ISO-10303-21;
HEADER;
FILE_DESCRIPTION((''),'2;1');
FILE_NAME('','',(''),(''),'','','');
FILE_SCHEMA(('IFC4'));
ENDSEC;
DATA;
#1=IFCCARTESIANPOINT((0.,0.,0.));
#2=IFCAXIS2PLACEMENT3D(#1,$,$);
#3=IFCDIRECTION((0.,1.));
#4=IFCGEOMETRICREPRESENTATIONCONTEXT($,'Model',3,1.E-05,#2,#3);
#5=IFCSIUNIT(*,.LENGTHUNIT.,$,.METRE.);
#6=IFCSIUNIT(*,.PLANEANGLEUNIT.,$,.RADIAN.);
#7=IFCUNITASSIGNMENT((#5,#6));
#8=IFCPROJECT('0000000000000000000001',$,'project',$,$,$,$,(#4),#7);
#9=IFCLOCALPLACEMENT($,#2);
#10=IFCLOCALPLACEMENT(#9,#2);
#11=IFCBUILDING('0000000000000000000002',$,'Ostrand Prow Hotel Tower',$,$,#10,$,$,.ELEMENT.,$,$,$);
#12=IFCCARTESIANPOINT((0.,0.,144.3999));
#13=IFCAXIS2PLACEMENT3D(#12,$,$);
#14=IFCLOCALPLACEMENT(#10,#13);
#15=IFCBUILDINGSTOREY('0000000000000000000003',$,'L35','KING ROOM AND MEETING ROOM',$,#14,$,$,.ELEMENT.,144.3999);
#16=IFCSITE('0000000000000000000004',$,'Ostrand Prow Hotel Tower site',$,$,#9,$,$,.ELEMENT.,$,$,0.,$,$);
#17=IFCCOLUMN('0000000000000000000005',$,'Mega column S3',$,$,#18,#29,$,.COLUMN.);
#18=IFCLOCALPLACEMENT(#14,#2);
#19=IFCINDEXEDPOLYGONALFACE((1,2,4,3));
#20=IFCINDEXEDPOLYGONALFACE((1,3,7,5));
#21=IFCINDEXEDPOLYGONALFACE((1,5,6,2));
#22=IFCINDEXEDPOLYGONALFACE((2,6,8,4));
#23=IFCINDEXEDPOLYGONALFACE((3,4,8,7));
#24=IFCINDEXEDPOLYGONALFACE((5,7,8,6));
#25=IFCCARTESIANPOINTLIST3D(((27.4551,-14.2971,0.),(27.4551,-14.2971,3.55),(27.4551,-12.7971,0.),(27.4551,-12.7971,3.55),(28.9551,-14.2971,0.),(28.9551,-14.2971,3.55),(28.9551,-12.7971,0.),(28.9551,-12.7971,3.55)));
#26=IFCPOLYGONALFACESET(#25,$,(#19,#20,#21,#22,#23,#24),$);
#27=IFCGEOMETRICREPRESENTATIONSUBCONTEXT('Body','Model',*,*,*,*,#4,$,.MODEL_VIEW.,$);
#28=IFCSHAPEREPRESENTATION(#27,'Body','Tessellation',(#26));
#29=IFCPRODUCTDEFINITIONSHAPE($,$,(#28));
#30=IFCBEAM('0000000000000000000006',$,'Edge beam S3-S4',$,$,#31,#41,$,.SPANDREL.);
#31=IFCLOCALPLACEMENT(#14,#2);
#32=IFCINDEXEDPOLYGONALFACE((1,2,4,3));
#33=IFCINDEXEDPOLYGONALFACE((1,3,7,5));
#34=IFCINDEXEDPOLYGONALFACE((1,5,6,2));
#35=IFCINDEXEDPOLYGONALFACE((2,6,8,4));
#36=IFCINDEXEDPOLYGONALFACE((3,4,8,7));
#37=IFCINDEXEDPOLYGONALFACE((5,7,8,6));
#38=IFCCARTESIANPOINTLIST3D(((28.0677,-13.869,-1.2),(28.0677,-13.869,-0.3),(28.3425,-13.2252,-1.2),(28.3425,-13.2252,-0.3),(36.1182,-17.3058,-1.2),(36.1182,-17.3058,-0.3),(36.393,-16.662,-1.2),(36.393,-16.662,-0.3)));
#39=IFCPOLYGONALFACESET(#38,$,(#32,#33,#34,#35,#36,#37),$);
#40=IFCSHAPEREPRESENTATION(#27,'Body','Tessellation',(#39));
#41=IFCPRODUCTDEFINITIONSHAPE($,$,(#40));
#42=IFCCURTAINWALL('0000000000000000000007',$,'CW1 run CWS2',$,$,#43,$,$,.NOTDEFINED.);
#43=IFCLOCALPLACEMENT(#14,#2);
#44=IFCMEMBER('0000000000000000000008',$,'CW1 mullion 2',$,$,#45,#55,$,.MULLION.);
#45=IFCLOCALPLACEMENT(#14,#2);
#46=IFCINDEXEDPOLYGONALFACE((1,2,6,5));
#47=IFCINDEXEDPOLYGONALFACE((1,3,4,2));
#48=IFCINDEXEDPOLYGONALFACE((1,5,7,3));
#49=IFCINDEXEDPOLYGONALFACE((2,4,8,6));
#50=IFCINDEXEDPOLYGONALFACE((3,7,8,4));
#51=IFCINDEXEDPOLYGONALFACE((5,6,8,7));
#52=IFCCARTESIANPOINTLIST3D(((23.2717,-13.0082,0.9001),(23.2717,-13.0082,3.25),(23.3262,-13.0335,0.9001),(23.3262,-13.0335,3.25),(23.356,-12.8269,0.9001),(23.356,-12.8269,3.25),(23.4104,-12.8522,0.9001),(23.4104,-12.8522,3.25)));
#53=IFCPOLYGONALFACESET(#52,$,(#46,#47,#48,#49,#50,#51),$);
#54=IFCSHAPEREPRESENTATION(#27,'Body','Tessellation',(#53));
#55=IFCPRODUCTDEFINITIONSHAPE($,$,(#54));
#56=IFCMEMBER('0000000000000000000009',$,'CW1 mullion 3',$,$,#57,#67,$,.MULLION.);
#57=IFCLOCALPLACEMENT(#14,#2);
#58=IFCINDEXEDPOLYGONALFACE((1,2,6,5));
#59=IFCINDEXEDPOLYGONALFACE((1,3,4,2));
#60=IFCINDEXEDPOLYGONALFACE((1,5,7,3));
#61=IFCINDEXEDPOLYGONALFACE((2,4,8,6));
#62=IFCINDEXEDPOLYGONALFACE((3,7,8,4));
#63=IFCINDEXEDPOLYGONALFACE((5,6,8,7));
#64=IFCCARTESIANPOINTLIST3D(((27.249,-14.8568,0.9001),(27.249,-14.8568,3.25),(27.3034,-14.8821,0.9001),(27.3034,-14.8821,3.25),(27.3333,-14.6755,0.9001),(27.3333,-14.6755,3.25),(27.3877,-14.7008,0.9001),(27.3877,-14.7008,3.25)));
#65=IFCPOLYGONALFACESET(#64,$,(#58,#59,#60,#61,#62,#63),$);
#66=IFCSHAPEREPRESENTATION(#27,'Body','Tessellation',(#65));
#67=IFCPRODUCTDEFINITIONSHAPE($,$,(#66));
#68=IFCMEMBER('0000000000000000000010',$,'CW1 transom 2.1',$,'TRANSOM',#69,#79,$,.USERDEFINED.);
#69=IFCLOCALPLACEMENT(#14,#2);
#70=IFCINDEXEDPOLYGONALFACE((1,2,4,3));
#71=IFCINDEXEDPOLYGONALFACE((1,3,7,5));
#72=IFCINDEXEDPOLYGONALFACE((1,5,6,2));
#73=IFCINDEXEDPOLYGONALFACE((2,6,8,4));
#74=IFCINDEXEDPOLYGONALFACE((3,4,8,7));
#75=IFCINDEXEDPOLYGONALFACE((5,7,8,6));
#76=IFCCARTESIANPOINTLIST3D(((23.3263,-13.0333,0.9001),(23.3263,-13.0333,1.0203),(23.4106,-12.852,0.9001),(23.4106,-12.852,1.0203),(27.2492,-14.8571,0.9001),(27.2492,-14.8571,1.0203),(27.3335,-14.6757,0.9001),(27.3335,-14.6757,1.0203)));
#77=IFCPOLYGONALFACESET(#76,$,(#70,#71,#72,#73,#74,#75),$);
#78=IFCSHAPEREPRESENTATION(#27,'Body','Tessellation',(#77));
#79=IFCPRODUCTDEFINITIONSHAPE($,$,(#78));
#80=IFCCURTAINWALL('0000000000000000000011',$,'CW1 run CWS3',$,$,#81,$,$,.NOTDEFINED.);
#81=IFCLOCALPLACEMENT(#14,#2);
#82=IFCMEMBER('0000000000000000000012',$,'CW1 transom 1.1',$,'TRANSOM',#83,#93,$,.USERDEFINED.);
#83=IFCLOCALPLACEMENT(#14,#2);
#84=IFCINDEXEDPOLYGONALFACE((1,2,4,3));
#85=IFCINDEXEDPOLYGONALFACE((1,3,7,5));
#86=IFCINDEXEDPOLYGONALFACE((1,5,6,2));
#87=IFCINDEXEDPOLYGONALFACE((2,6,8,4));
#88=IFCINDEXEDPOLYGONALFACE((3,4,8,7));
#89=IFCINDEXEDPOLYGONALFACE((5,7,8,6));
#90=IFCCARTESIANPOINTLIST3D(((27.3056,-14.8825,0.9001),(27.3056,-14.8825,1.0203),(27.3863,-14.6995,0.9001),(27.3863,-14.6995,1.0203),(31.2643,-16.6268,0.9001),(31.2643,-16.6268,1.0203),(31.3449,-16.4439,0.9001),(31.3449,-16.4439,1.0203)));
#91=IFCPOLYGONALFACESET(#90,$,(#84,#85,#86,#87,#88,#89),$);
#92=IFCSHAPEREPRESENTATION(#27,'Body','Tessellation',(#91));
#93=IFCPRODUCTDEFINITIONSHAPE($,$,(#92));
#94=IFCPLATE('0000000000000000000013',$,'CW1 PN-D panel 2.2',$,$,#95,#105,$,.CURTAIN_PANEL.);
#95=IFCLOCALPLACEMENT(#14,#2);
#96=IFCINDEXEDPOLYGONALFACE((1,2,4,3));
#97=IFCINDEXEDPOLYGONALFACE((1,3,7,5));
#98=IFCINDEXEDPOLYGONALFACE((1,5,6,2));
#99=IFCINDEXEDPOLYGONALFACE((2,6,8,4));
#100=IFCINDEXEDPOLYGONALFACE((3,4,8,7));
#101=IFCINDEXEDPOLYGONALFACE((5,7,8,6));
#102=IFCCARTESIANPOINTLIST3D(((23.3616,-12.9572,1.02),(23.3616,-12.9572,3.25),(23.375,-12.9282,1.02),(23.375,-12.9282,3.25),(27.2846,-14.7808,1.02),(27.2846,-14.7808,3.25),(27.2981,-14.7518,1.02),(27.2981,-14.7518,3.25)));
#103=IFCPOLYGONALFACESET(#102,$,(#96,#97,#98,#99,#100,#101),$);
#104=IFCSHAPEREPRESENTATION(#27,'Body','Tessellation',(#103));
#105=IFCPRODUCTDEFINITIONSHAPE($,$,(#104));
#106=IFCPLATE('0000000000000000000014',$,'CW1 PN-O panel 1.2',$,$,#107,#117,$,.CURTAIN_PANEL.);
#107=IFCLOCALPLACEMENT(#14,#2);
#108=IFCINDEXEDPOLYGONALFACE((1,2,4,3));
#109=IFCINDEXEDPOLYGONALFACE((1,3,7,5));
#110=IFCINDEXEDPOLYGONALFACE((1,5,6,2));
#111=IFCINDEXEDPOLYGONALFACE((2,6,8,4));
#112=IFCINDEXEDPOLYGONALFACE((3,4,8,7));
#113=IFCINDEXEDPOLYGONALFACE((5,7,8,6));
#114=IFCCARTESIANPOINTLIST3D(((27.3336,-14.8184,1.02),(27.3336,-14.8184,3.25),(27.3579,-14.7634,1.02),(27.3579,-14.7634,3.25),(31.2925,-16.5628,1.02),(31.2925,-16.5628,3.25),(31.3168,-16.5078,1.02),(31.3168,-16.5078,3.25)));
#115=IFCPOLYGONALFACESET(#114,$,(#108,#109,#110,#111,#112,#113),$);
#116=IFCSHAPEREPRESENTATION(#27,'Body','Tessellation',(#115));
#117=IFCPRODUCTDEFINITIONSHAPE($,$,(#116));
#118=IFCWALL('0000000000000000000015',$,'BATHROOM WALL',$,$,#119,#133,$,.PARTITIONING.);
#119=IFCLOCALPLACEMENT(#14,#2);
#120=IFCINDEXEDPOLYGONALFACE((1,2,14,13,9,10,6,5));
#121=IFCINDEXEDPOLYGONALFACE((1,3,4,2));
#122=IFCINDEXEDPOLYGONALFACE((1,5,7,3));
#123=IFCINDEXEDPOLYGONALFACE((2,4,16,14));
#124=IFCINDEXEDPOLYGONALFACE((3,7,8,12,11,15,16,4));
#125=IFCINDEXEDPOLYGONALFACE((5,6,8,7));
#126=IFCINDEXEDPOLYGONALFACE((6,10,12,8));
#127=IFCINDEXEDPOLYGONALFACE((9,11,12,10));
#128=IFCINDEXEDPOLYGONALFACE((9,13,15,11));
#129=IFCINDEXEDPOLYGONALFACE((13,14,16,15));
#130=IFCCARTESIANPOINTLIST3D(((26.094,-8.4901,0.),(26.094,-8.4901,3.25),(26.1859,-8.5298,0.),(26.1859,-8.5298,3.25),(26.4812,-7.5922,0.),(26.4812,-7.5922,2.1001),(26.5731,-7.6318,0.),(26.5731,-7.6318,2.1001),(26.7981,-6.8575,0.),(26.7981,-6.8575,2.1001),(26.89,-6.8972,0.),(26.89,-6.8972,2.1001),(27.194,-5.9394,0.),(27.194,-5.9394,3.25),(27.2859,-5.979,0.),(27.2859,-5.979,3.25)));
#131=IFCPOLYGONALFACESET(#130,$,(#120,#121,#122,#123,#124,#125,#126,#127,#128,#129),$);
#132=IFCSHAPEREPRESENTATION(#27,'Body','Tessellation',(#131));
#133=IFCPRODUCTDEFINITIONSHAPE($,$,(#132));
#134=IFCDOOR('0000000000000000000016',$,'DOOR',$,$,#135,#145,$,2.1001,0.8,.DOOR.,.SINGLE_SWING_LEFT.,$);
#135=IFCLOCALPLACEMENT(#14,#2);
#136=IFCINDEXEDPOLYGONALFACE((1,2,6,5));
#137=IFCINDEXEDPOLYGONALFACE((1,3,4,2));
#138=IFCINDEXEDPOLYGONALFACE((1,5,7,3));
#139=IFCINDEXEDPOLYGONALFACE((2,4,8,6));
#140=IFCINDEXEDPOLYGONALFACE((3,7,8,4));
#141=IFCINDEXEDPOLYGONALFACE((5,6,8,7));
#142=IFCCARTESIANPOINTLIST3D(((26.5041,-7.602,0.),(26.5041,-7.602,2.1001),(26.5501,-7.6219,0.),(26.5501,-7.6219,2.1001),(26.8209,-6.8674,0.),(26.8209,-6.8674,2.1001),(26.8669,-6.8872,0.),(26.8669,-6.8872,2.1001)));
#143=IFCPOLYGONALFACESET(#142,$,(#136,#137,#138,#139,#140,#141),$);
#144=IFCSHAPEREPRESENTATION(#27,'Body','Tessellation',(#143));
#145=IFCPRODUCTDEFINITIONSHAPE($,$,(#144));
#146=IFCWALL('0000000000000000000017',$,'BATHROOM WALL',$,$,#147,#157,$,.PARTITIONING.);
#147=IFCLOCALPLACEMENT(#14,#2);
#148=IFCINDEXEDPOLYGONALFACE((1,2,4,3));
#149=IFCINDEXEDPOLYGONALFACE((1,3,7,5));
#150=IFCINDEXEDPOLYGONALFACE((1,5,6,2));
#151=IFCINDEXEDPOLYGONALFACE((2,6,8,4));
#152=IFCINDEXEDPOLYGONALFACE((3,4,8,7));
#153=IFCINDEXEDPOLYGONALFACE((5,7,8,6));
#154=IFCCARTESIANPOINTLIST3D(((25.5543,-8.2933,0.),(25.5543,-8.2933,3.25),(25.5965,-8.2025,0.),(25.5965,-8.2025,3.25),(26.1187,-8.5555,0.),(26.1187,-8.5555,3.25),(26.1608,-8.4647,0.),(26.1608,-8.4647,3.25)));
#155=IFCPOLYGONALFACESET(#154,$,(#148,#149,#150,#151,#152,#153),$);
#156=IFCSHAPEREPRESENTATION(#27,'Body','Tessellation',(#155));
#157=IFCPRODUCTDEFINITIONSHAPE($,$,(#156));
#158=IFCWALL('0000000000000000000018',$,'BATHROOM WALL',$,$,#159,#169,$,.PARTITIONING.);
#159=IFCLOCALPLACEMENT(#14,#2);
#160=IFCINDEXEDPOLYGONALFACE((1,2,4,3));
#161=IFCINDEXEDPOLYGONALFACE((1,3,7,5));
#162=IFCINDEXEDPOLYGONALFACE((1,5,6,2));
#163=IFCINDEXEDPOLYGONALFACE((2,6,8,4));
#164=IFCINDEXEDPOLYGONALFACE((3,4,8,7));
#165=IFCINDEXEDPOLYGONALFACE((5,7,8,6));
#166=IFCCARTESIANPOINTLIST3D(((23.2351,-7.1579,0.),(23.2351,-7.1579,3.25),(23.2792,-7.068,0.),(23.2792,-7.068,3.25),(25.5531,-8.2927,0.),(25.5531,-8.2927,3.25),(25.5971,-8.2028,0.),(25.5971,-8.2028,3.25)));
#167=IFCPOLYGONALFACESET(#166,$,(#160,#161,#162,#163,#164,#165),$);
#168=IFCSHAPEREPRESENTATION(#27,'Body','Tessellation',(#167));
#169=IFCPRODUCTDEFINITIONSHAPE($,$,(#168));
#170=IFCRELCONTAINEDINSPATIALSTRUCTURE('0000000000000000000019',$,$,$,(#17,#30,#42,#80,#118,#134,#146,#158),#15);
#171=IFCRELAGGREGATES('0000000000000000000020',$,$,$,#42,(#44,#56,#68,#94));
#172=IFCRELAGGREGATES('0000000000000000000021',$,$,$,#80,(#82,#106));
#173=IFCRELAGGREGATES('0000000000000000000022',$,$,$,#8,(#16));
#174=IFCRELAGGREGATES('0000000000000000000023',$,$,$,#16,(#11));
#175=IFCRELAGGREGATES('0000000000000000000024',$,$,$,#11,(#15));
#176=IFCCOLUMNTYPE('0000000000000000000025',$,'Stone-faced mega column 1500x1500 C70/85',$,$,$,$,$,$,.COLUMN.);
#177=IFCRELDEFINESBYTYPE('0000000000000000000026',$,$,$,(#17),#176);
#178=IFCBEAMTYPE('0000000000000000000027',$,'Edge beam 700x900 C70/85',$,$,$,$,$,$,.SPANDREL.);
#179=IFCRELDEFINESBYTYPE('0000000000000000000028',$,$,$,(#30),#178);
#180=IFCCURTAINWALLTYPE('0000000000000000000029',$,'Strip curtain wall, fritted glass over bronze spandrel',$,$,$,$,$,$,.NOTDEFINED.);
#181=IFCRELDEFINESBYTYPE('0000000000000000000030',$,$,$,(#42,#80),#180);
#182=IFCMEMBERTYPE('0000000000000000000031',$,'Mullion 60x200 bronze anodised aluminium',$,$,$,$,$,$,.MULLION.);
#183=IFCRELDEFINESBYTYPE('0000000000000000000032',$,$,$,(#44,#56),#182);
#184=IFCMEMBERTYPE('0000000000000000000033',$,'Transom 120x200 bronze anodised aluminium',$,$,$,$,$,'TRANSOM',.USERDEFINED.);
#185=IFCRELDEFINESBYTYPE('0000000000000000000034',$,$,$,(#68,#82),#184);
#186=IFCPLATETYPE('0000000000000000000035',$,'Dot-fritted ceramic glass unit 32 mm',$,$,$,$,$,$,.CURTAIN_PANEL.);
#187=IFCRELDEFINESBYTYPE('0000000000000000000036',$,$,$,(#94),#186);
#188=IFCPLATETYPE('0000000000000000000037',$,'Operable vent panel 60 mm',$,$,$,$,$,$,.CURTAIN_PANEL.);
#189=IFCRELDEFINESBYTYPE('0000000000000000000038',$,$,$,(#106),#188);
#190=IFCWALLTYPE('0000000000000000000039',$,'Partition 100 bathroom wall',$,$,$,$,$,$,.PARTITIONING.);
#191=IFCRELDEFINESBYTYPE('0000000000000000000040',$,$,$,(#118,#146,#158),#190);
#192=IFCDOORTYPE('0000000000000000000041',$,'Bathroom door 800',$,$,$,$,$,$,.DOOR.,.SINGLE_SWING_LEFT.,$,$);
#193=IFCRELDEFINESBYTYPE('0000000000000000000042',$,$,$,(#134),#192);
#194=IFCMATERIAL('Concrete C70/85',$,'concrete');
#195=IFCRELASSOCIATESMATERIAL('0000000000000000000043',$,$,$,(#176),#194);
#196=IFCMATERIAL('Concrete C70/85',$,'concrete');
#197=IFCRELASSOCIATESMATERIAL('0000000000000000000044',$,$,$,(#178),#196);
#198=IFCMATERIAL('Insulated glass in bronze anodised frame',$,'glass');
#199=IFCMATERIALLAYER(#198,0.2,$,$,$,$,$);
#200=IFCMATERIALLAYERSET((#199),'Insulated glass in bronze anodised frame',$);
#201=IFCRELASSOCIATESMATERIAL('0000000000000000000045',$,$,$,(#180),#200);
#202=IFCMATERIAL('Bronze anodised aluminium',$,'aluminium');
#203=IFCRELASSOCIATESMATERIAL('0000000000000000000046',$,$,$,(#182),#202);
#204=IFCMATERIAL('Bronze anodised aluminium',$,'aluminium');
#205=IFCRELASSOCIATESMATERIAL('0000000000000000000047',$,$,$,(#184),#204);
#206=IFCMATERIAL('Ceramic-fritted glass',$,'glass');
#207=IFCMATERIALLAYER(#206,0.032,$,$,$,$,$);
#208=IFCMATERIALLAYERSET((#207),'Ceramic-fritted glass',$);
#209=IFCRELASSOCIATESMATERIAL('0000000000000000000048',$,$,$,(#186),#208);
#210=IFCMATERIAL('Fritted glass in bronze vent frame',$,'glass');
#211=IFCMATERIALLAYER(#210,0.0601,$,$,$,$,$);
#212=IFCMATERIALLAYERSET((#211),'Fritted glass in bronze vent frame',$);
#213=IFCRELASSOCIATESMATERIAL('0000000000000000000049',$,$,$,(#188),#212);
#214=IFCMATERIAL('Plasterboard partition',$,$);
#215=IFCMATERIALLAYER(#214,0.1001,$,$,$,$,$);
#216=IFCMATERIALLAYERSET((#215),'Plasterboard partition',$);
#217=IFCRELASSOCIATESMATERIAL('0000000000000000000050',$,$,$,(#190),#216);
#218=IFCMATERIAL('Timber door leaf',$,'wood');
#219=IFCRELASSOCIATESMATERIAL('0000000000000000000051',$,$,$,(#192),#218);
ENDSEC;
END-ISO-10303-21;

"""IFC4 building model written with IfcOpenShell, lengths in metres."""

from ifc_helpers import new_model, si_unit, direction, frame, frame_2d, origin, origin_2d, place, context, subcontext, project, spatial, rectangle, extrude, material, layer, layer_set, material_profile, profile_set, type_object, element, fill, aggregate, save


model = new_model("IFC4")

# Units and contexts
model_context = context("Model", 3, precision=1e-05, world=origin(), true_north=direction((0.0, 1.0)))
body_context = subcontext(model_context, "Body", "Model", "MODEL_VIEW")
ifc_project = project(units=[si_unit("LENGTHUNIT", "METRE"), si_unit("PLANEANGLEUNIT", "RADIAN")], contexts=[model_context])

# Site, building, storey
site_placement = place(None, origin())
site = spatial("IfcSite", under=ifc_project, at=site_placement, Name="Ostrand Prow Hotel Tower site", CompositionType="ELEMENT", RefElevation=0.0)
building_placement = place(site_placement, origin())
building = spatial("IfcBuilding", under=site, at=building_placement, Name="Ostrand Prow Hotel Tower", CompositionType="ELEMENT")
storey_placement = place(building_placement, frame((0.0, 0.0, 144.3999)))
storey = spatial("IfcBuildingStorey", under=building, at=storey_placement, Name="L35", Description="KING ROOM AND MEETING ROOM", CompositionType="ELEMENT", Elevation=144.3999)

# Column
ifc_material_1 = material(Name="Concrete C70/85", Category="concrete")
ifc_material_profile_1 = material_profile(ifc_material_1, rectangle(XDim=1.5, YDim=1.5, at=origin_2d()), Name="RC 1500x1500")
ifc_profile_set_1 = profile_set([ifc_material_profile_1], Name="Concrete C70/85")
column_type = type_object("IfcColumnType", Name="Stone-faced mega column 1500x1500 C70/85", PredefinedType="COLUMN", material=ifc_profile_set_1)
column_placement = place(storey_placement, frame((28.2051, -13.5471, 0.0), z_axis=(0.0, 0.0, 1.0), x_axis=(1.0, 0.0, 0.0)))
element("IfcColumn", 1, at=column_placement, inside=storey, type_object=column_type, Name="Mega column S3", PredefinedType="COLUMN", context=body_context, shape_type="SweptSolid", body=[
    extrude(rectangle(XDim=1.5, YDim=1.5, at=origin_2d()), origin(), (0.0, 0.0, 1.0), 3.55),
])

# Beam
ifc_material_2 = material(Name="Concrete C70/85", Category="concrete")
ifc_material_profile_2 = material_profile(ifc_material_2, rectangle(XDim=0.7, YDim=0.8999, at=origin_2d()), Name="RC 700x900")
ifc_profile_set_2 = profile_set([ifc_material_profile_2], Name="Concrete C70/85")
beam_type = type_object("IfcBeamType", Name="Edge beam 700x900 C70/85", PredefinedType="SPANDREL", material=ifc_profile_set_2)
beam_placement = place(storey_placement, frame((28.2051, -13.5471, -0.75), z_axis=(0.919701, -0.39262, 0.0), x_axis=(0.39262, 0.919701, 0.0)))
element("IfcBeam", 2, at=beam_placement, inside=storey, type_object=beam_type, Name="Edge beam S3-S4", PredefinedType="SPANDREL", context=body_context, shape_type="SweptSolid", body=[
    extrude(rectangle(XDim=0.7, YDim=0.8999, at=origin_2d()), origin(), (0.0, 0.0, 1.0), 8.7534),
])

# Curtain wall, members
ifc_material_3 = material(Name="Insulated glass in bronze anodised frame", Category="glass")
ifc_layer_1 = layer(ifc_material_3, 0.2)
ifc_layer_set_1 = layer_set([ifc_layer_1], Name="Insulated glass in bronze anodised frame")
curtain_wall_type = type_object("IfcCurtainWallType", Name="Strip curtain wall, fritted glass over bronze spandrel", PredefinedType="NOTDEFINED", material=ifc_layer_set_1)
curtain_wall_1_placement = place(storey_placement, origin())
curtain_wall_1 = element("IfcCurtainWall", 3, at=curtain_wall_1_placement, inside=storey, type_object=curtain_wall_type, Name="CW1 run CWS2", PredefinedType="NOTDEFINED")
ifc_material_4 = material(Name="Bronze anodised aluminium", Category="aluminium")
ifc_material_profile_3 = material_profile(ifc_material_4, rectangle(XDim=0.2, YDim=0.0601, at=origin_2d()), Name="Mullion 60x200 bronze anodised aluminium")
ifc_profile_set_3 = profile_set([ifc_material_profile_3], Name="Bronze anodised aluminium")
member_type_1 = type_object("IfcMemberType", Name="Mullion 60x200 bronze anodised aluminium", PredefinedType="MULLION", material=ifc_profile_set_3)
member_1_placement = place(storey_placement, frame((23.3411, -12.9302, 0.9001), z_axis=(0.0, 0.0, 1.0), x_axis=(0.421522, 0.906818, 0.0)))
member_1 = element("IfcMember", 4, at=member_1_placement, type_object=member_type_1, Name="CW1 mullion 2", PredefinedType="MULLION", context=body_context, shape_type="SweptSolid", body=[
    extrude(rectangle(XDim=0.2, YDim=0.0601, at=origin_2d()), origin(), (0.0, 0.0, 1.0), 2.3499),
])
member_2_placement = place(storey_placement, frame((27.3184, -14.7788, 0.9001), z_axis=(0.0, 0.0, 1.0), x_axis=(0.421522, 0.906818, 0.0)))
member_2 = element("IfcMember", 5, at=member_2_placement, type_object=member_type_1, Name="CW1 mullion 3", PredefinedType="MULLION", context=body_context, shape_type="SweptSolid", body=[
    extrude(rectangle(XDim=0.2, YDim=0.0601, at=origin_2d()), origin(), (0.0, 0.0, 1.0), 2.3499),
])
ifc_material_5 = material(Name="Bronze anodised aluminium", Category="aluminium")
ifc_material_profile_4 = material_profile(ifc_material_5, rectangle(XDim=0.2, YDim=0.1201, at=origin_2d()), Name="Transom 120x200 bronze anodised aluminium")
ifc_profile_set_4 = profile_set([ifc_material_profile_4], Name="Bronze anodised aluminium")
member_type_2 = type_object("IfcMemberType", Name="Transom 120x200 bronze anodised aluminium", ElementType="TRANSOM", PredefinedType="USERDEFINED", material=ifc_profile_set_4)
member_3_placement = place(storey_placement, frame((23.3684, -12.9426, 0.9602), z_axis=(0.906796, -0.421569, 0.0), x_axis=(0.421569, 0.906796, 0.0)))
member_3 = element("IfcMember", 6, at=member_3_placement, type_object=member_type_2, Name="CW1 transom 2.1", ObjectType="TRANSOM", PredefinedType="USERDEFINED", context=body_context, shape_type="SweptSolid", body=[
    extrude(rectangle(XDim=0.2, YDim=0.1201, at=origin_2d()), origin(), (0.0, 0.0, 1.0), 4.3262),
])

# Curtain wall, member
curtain_wall_2_placement = place(storey_placement, origin())
curtain_wall_2 = element("IfcCurtainWall", 7, at=curtain_wall_2_placement, inside=storey, type_object=curtain_wall_type, Name="CW1 run CWS3", PredefinedType="NOTDEFINED")
member_4_placement = place(storey_placement, frame((27.3459, -14.791, 0.9602), z_axis=(0.915099, -0.40323, 0.0), x_axis=(0.40323, 0.915099, 0.0)))
member_4 = element("IfcMember", 8, at=member_4_placement, type_object=member_type_2, Name="CW1 transom 1.1", ObjectType="TRANSOM", PredefinedType="USERDEFINED", context=body_context, shape_type="SweptSolid", body=[
    extrude(rectangle(XDim=0.2, YDim=0.1201, at=origin_2d()), origin(), (0.0, 0.0, 1.0), 4.3259),
])

# Plates
ifc_material_6 = material(Name="Ceramic-fritted glass", Category="glass")
ifc_layer_2 = layer(ifc_material_6, 0.032)
ifc_layer_set_2 = layer_set([ifc_layer_2], Name="Ceramic-fritted glass")
plate_type_1 = type_object("IfcPlateType", Name="Dot-fritted ceramic glass unit 32 mm", PredefinedType="CURTAIN_PANEL", material=ifc_layer_set_2)
plate_1_placement = place(storey_placement, frame((25.3298, -13.8545, 1.02), z_axis=(0.0, 0.0, 1.0), x_axis=(0.906818, -0.421522, 0.0)))
plate_1 = element("IfcPlate", 9, at=plate_1_placement, type_object=plate_type_1, Name="CW1 PN-D panel 2.2", PredefinedType="CURTAIN_PANEL", context=body_context, shape_type="SweptSolid", body=[
    extrude(rectangle(XDim=4.3262, YDim=0.032, at=origin_2d()), origin(), (0.0, 0.0, 1.0), 2.23),
])
aggregate(curtain_wall_1, [member_1, member_2, member_3, plate_1])
ifc_material_7 = material(Name="Fritted glass in bronze vent frame", Category="glass")
ifc_layer_3 = layer(ifc_material_7, 0.0601)
ifc_layer_set_3 = layer_set([ifc_layer_3], Name="Fritted glass in bronze vent frame")
plate_type_2 = type_object("IfcPlateType", Name="Operable vent panel 60 mm", PredefinedType="CURTAIN_PANEL", material=ifc_layer_set_3)
plate_2_placement = place(storey_placement, frame((29.3252, -15.6631, 1.02), z_axis=(0.0, 0.0, 1.0), x_axis=(0.915106, -0.403213, 0.0)))
plate_2 = element("IfcPlate", 10, at=plate_2_placement, type_object=plate_type_2, Name="CW1 PN-O panel 1.2", PredefinedType="CURTAIN_PANEL", context=body_context, shape_type="SweptSolid", body=[
    extrude(rectangle(XDim=4.3262, YDim=0.0601, at=origin_2d()), origin(), (0.0, 0.0, 1.0), 2.23),
])
aggregate(curtain_wall_2, [member_4, plate_2])

# Wall, opening, door
ifc_material_8 = material(Name="Plasterboard partition")
ifc_layer_4 = layer(ifc_material_8, 0.1001)
ifc_layer_set_4 = layer_set([ifc_layer_4], Name="Plasterboard partition")
wall_type_1 = type_object("IfcWallType", Name="Partition 100 bathroom wall", PredefinedType="PARTITIONING", material=ifc_layer_set_4)
wall_1_placement = place(storey_placement, frame((27.24, -5.9592, 0.0), z_axis=(0.0, 0.0, 1.0), x_axis=(-0.396018, -0.918243, 0.0)))
wall_1 = element("IfcWall", 11, at=wall_1_placement, inside=storey, type_object=wall_type_1, Name="BATHROOM WALL", PredefinedType="PARTITIONING", context=body_context, shape_type="SweptSolid", body=[
    extrude(rectangle(XDim=2.7778, YDim=0.1001, at=frame_2d((1.3889, 0.0))), origin(), (0.0, 0.0, 1.0), 3.25),
])
opening_1_placement = place(wall_1_placement, frame((1.0, 0.0, 0.0)))
opening_1 = element("IfcOpeningElement", 12, at=opening_1_placement, cuts=wall_1, PredefinedType="OPENING", context=body_context, shape_type="SweptSolid", body=[
    extrude(rectangle(XDim=0.8, YDim=2.1001, at=frame_2d((0.3999, 1.05))), frame((0.0, 0.0601, 0.0), z_axis=(0.0, -1.0, 0.0), x_axis=(1.0, 0.0, 0.0)), (0.0, 0.0, 1.0), 0.1201),
])
ifc_material_9 = material(Name="Timber door leaf", Category="wood")
door_type_1 = type_object("IfcDoorType", Name="Bathroom door 800", OperationType="SINGLE_SWING_LEFT", PredefinedType="DOOR", material=ifc_material_9)
door_1_placement = place(opening_1_placement, origin())
door_1 = element("IfcDoor", 13, at=door_1_placement, inside=storey, type_object=door_type_1, Name="DOOR", OperationType="SINGLE_SWING_LEFT", OverallHeight=2.1001, OverallWidth=0.8, PredefinedType="DOOR", context=body_context, shape_type="SweptSolid", body=[
    extrude(rectangle(XDim=0.8, YDim=2.1001, at=frame_2d((0.3999, 1.05))), frame((0.0, 0.0249, 0.0), z_axis=(0.0, -1.0, 0.0), x_axis=(1.0, 0.0, 0.0)), (0.0, 0.0, 1.0), 0.05),
])
fill(opening_1, door_1)

# Walls
wall_2_placement = place(storey_placement, frame((26.1396, -8.51, 0.0), z_axis=(0.0, 0.0, 1.0), x_axis=(-0.906923, 0.421296, 0.0)))
element("IfcWall", 14, at=wall_2_placement, inside=storey, type_object=wall_type_1, Name="BATHROOM WALL", PredefinedType="PARTITIONING", context=body_context, shape_type="SweptSolid", body=[
    extrude(rectangle(XDim=0.6223, YDim=0.1001, at=frame_2d((0.311, 0.0))), origin(), (0.0, 0.0, 1.0), 3.25),
])
wall_3_placement = place(storey_placement, frame((25.5752, -8.2478, 0.0), z_axis=(0.0, 0.0, 1.0), x_axis=(-0.898142, 0.439706, 0.0)))
element("IfcWall", 15, at=wall_3_placement, inside=storey, type_object=wall_type_1, Name="BATHROOM WALL", PredefinedType="PARTITIONING", context=body_context, shape_type="SweptSolid", body=[
    extrude(rectangle(XDim=2.5808, YDim=0.1001, at=frame_2d((1.2905, 0.0))), origin(), (0.0, 0.0, 1.0), 3.25),
])

save(model, "model.ifc")
